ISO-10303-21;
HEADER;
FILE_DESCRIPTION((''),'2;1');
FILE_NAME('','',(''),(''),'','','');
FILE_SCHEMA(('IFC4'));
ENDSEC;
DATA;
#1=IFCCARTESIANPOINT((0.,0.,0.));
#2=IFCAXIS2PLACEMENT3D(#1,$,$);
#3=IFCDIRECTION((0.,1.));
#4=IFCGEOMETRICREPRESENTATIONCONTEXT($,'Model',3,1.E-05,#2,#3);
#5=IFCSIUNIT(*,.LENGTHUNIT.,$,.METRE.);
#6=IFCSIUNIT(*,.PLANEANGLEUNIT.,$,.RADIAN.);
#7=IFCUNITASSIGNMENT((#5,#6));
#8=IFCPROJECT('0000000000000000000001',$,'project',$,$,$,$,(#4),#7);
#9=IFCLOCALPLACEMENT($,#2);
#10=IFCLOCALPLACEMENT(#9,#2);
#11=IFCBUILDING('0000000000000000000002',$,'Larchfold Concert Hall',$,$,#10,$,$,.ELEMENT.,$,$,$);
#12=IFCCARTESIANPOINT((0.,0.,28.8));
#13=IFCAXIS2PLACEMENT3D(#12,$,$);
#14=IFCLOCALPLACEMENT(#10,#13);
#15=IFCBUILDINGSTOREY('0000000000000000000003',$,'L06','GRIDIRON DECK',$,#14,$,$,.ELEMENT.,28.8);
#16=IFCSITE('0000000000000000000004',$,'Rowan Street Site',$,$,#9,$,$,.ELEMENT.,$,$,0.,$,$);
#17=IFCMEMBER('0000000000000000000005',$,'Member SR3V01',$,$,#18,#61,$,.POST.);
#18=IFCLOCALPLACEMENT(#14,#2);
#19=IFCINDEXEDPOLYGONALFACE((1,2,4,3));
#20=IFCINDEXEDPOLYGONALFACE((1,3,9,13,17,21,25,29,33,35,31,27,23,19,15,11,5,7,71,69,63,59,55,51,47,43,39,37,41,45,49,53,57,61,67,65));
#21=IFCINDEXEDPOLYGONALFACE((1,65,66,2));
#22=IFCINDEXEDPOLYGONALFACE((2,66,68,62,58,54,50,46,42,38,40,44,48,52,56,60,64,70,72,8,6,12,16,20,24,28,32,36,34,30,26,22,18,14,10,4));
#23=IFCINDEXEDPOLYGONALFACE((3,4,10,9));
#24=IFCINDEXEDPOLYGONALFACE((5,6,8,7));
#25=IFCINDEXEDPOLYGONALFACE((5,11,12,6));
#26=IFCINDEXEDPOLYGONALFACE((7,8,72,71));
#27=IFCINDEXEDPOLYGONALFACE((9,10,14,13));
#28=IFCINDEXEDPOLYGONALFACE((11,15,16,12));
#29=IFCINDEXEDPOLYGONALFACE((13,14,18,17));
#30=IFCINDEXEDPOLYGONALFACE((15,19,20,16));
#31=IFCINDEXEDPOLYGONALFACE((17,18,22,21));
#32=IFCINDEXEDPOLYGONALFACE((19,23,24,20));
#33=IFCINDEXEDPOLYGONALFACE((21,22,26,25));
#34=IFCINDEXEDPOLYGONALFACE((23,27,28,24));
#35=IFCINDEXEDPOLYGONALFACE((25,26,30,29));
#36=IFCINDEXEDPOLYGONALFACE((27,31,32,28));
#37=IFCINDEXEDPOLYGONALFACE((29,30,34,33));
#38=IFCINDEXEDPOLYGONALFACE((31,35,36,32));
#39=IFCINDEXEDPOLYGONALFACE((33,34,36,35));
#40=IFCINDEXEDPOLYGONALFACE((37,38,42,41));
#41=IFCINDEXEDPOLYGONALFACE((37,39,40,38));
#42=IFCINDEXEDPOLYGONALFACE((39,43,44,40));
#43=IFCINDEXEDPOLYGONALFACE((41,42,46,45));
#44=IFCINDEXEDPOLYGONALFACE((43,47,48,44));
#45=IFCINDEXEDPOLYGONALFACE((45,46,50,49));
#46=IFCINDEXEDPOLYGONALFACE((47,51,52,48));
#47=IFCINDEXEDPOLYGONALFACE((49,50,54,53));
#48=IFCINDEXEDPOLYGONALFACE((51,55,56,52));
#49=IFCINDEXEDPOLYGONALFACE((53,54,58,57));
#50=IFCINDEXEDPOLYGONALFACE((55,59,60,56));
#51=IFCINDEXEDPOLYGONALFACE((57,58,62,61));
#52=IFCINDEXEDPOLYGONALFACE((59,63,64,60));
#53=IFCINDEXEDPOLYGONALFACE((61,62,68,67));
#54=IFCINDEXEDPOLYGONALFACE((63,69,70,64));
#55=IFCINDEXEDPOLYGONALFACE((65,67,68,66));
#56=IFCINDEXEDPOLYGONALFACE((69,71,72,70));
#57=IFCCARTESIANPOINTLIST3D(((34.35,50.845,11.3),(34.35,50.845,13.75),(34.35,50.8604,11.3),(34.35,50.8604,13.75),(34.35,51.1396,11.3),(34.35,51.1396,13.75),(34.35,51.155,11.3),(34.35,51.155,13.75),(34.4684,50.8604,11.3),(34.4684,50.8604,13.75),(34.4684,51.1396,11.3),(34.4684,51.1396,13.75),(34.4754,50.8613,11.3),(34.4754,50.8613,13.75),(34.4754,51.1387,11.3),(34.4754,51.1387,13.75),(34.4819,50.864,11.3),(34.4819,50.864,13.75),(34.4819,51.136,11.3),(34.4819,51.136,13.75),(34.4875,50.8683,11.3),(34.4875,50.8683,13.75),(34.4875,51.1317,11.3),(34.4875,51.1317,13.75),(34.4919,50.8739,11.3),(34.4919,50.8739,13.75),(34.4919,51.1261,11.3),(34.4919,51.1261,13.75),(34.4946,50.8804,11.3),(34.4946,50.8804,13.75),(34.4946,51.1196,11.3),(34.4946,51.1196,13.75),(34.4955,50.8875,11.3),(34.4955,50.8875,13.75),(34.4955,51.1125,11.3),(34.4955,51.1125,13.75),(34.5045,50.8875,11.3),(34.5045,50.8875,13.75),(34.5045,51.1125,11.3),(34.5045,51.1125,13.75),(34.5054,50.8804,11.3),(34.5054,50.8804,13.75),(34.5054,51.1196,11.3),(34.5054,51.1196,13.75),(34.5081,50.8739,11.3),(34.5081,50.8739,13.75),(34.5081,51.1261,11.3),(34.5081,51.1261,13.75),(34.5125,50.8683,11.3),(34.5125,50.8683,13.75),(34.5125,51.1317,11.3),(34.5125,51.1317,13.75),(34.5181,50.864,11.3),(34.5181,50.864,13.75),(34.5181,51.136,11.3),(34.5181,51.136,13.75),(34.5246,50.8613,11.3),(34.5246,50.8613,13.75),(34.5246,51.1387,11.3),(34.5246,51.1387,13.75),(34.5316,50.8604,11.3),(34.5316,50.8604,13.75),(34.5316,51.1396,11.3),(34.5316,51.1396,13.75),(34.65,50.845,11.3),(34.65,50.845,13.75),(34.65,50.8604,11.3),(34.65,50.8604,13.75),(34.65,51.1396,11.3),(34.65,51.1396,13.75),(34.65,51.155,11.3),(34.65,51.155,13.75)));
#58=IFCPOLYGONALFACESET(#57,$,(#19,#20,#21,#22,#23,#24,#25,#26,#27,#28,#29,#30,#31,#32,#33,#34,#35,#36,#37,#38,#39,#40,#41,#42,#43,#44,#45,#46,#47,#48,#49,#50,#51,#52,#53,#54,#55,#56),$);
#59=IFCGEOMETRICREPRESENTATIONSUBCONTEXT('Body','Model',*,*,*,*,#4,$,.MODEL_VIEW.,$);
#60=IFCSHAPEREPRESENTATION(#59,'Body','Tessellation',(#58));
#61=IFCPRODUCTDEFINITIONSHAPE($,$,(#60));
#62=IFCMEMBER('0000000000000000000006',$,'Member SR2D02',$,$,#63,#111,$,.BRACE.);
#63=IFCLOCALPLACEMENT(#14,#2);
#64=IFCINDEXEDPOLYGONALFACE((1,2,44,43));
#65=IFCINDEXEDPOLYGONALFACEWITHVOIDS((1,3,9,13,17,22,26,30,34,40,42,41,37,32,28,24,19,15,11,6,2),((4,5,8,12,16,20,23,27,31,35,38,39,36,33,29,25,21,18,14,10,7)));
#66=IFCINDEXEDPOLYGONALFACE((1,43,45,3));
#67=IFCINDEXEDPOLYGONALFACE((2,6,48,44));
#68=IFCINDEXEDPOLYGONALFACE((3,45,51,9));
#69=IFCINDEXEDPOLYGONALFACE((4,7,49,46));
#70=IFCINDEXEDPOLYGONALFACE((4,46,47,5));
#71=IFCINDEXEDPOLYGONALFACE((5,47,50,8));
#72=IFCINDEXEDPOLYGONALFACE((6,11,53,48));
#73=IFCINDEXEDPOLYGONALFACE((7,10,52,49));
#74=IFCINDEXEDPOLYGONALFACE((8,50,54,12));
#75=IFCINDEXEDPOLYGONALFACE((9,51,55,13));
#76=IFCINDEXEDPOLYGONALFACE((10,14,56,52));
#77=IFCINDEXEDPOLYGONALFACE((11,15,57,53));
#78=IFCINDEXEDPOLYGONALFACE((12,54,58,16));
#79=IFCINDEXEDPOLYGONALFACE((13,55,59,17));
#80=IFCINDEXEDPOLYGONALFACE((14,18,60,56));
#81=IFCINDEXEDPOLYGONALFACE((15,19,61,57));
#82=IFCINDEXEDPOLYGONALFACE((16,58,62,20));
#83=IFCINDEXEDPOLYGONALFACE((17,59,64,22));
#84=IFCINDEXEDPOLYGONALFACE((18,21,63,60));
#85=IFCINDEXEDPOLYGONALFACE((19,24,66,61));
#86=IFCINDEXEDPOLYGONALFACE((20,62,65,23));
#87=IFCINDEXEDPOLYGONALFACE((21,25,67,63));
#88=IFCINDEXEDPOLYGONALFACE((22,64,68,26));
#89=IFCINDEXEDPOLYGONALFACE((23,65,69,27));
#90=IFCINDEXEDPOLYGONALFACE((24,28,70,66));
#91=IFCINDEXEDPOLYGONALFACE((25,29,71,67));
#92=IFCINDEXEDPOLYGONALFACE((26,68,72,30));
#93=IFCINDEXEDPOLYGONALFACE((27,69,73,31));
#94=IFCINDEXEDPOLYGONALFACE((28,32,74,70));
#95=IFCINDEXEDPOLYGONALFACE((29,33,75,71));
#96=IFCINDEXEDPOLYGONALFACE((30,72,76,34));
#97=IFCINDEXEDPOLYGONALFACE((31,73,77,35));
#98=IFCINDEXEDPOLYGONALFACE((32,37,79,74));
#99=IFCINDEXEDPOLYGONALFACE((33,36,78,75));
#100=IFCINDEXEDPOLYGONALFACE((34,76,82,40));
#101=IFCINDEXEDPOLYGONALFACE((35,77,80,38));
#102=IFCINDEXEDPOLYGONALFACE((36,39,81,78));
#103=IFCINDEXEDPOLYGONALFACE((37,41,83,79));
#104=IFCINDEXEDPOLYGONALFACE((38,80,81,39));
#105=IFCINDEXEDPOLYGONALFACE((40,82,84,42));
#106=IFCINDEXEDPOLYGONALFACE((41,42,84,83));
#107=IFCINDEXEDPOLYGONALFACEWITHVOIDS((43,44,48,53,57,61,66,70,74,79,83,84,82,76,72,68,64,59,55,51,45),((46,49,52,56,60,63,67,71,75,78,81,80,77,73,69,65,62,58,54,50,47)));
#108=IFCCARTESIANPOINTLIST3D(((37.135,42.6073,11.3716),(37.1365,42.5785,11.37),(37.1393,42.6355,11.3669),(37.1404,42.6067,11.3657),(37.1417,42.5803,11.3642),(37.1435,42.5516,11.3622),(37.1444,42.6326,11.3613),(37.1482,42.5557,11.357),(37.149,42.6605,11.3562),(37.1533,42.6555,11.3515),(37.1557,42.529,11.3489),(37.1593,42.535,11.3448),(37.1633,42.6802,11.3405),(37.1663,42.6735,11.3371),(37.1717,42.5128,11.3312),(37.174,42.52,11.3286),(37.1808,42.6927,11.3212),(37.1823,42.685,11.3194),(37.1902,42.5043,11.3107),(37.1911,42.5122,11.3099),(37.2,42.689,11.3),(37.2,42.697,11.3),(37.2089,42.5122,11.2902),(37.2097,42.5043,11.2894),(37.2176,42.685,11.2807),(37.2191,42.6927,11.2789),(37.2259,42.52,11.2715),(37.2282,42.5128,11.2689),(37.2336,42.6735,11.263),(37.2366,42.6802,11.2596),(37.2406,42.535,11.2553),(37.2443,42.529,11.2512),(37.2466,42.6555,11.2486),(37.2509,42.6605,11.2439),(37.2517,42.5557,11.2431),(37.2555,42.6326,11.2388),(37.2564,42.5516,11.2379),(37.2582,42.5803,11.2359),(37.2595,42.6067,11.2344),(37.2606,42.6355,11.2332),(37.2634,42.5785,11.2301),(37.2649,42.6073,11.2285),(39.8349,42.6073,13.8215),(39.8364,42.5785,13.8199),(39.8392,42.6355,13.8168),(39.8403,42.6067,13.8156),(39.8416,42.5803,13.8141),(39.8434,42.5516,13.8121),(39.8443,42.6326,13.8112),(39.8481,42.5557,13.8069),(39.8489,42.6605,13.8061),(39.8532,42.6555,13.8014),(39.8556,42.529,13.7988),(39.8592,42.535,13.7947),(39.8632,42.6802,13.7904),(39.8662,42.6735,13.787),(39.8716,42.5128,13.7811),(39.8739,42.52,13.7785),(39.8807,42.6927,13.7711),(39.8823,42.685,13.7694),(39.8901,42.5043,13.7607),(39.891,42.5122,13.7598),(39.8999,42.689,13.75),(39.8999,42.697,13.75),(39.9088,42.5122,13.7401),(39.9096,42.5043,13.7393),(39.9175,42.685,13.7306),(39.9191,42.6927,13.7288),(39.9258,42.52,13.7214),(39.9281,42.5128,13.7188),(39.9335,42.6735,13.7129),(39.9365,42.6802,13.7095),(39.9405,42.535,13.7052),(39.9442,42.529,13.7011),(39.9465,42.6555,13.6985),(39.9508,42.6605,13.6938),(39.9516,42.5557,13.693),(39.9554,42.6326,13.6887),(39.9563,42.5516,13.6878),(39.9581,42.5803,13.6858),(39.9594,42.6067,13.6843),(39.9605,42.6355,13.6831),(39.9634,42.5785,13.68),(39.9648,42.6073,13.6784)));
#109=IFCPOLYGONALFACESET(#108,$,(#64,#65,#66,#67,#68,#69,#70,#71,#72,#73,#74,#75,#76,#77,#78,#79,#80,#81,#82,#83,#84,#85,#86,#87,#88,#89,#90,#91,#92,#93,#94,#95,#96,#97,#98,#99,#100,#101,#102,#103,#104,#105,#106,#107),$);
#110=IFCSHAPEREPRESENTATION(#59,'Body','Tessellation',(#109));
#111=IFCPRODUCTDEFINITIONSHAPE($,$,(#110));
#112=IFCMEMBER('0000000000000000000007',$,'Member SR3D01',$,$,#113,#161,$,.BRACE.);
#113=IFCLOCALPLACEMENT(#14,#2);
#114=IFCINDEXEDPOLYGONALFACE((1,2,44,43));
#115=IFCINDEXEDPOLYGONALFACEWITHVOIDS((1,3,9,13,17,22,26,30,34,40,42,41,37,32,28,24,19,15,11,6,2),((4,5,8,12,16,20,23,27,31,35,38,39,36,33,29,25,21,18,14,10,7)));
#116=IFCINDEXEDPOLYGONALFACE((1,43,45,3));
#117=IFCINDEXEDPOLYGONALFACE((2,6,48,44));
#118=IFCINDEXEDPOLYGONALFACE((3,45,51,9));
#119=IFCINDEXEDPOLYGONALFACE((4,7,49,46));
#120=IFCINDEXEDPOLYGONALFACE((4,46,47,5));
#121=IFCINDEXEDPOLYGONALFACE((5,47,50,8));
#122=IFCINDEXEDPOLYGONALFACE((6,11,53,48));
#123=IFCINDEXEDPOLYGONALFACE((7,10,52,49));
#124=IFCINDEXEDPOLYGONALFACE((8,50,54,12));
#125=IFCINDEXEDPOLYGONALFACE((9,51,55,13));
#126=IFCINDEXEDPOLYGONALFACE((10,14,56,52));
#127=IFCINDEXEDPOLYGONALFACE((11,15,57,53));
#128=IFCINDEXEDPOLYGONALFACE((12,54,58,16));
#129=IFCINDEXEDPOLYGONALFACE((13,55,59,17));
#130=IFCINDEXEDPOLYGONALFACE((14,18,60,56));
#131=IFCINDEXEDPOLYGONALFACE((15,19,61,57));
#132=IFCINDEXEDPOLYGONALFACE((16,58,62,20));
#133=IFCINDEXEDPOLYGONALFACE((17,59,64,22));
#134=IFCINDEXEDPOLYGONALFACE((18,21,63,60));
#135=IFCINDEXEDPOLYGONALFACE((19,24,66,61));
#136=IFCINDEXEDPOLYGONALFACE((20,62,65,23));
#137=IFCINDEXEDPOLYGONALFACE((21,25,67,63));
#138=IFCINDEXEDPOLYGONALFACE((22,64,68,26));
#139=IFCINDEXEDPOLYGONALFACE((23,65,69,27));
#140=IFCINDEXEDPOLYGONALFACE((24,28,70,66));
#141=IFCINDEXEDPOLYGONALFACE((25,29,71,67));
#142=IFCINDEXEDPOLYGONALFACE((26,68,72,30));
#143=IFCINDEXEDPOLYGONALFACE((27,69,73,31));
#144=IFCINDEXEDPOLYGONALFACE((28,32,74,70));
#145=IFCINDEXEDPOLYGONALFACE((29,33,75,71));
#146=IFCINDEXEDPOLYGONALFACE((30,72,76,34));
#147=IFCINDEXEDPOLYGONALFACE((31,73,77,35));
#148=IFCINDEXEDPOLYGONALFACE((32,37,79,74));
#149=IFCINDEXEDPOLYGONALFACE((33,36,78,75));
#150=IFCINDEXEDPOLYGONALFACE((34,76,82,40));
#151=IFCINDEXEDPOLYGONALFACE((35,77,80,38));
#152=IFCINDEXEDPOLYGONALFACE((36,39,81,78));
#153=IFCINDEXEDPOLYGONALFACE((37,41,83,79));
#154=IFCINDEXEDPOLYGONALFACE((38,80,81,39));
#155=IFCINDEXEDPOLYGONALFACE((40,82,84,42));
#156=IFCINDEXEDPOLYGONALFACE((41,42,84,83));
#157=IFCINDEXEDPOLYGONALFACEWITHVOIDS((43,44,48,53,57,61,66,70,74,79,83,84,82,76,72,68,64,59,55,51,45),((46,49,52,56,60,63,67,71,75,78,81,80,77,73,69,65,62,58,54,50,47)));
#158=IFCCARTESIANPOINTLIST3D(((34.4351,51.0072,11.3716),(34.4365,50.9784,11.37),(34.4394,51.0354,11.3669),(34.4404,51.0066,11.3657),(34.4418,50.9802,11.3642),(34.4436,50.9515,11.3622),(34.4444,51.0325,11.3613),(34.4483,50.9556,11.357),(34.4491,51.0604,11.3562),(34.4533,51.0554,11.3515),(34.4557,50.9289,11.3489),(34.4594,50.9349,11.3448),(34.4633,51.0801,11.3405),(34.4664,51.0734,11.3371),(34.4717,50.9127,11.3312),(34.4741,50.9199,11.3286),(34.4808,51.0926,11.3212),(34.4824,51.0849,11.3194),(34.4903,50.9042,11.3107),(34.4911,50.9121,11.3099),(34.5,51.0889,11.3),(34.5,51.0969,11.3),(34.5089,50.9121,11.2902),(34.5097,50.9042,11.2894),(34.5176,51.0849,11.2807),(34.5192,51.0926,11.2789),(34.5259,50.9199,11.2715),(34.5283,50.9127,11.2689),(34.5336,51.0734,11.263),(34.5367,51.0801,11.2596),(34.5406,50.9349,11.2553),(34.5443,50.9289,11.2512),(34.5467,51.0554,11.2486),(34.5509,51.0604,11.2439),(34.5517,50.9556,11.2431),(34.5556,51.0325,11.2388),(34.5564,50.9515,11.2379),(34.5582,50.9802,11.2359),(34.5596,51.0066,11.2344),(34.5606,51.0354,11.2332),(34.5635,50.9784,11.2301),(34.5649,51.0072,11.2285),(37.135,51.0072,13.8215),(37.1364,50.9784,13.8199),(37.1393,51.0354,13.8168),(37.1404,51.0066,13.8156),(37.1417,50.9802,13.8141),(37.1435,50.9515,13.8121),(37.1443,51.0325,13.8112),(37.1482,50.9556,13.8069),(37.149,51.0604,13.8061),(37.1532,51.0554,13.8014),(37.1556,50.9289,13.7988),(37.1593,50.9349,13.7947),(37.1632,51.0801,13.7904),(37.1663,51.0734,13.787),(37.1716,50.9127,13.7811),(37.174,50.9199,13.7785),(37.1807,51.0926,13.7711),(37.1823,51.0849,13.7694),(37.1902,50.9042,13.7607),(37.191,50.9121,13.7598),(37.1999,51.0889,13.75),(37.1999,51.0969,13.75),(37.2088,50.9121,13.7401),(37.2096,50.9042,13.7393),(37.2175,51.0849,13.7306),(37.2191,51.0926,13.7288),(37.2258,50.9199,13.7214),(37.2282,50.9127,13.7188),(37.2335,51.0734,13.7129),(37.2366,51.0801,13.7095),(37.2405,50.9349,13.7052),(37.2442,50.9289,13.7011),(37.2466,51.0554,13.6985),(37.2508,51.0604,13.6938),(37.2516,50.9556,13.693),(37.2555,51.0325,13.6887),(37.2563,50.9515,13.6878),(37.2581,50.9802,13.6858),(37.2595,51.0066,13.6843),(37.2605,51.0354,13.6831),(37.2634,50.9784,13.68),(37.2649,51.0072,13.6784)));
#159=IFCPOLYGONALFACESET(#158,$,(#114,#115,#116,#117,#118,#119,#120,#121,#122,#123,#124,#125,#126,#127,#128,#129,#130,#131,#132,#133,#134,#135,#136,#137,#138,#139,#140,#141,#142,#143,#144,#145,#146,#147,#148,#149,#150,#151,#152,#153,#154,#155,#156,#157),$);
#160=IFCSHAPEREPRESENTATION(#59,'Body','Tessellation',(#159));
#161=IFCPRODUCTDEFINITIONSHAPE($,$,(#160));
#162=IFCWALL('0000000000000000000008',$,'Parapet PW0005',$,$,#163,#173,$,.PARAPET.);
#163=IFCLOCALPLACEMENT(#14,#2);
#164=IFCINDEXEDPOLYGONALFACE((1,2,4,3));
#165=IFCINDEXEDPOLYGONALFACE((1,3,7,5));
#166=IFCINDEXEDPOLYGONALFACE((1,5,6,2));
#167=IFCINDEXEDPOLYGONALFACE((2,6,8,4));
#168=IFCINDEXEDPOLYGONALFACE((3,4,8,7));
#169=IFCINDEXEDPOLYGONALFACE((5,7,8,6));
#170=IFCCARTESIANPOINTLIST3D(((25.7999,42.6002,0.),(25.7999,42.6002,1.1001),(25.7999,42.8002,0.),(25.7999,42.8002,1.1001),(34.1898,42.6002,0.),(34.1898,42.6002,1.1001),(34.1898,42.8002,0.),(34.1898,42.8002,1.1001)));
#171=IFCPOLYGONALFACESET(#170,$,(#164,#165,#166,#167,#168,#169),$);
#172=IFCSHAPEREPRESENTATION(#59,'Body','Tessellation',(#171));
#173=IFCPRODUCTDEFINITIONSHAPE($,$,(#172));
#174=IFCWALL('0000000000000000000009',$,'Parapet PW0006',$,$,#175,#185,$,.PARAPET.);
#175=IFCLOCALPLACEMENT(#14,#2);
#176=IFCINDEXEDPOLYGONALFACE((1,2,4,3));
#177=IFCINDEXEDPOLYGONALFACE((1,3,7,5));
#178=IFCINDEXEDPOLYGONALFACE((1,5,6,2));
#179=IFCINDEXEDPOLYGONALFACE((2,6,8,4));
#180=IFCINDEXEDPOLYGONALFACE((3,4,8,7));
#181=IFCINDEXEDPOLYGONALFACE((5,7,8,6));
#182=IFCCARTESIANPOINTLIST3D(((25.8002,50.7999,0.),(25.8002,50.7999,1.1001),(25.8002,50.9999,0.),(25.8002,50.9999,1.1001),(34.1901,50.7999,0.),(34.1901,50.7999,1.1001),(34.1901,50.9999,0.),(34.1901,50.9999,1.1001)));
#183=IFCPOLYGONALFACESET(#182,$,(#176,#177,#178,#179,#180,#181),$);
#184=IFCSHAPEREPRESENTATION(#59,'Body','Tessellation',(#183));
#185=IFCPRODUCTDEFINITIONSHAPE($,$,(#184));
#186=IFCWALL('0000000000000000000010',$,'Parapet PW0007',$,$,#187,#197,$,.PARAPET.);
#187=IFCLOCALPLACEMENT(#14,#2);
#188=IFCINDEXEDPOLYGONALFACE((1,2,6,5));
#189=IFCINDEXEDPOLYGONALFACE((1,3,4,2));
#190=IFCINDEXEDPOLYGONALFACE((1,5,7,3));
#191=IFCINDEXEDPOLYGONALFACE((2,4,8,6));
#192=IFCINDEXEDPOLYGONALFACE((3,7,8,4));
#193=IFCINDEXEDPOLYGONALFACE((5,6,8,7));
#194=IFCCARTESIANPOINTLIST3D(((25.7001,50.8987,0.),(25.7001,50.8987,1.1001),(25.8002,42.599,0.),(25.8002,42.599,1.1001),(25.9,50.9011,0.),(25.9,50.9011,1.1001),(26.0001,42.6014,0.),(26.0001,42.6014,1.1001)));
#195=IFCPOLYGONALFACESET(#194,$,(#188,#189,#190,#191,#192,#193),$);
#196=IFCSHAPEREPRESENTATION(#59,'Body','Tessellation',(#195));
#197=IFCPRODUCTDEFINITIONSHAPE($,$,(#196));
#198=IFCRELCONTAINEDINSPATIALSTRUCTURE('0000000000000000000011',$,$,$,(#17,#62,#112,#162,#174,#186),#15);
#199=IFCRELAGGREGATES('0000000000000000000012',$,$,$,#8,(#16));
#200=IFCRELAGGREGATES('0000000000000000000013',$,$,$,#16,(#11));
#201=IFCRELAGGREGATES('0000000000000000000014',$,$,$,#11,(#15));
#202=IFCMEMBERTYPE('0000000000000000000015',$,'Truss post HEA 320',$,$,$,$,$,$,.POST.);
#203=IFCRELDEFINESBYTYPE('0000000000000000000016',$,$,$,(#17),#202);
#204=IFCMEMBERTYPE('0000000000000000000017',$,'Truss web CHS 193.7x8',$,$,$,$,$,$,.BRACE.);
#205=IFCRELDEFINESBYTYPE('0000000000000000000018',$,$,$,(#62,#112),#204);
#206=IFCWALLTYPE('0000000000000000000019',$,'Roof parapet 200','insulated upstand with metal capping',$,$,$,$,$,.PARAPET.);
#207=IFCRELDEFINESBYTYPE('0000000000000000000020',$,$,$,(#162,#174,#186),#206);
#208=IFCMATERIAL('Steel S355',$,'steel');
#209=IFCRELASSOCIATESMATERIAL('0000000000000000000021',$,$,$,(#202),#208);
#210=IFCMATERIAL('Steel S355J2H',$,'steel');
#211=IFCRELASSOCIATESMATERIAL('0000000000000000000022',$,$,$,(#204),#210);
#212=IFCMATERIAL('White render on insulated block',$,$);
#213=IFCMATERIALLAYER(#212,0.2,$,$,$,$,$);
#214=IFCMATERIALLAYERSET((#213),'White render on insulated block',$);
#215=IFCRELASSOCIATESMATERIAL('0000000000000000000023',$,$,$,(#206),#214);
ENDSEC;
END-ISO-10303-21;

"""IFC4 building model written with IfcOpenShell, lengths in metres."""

from ifc_helpers import new_model, si_unit, direction, frame, frame_2d, origin, origin_2d, place, context, subcontext, project, spatial, rectangle, hollow_circle, i_section, extrude, material, layer, layer_set, material_profile, profile_set, type_object, element, save


model = new_model("IFC4")

# Units and contexts
model_context = context("Model", 3, precision=1e-05, world=origin(), true_north=direction((0.0, 1.0)))
body_context = subcontext(model_context, "Body", "Model", "MODEL_VIEW")
ifc_project = project(units=[si_unit("LENGTHUNIT", "METRE"), si_unit("PLANEANGLEUNIT", "RADIAN")], contexts=[model_context])

# Site, building, storey
site_placement = place(None, origin())
site = spatial("IfcSite", under=ifc_project, at=site_placement, Name="Rowan Street Site", CompositionType="ELEMENT", RefElevation=0.0)
building_placement = place(site_placement, origin())
building = spatial("IfcBuilding", under=site, at=building_placement, Name="Larchfold Concert Hall", CompositionType="ELEMENT")
storey_placement = place(building_placement, frame((0.0, 0.0, 28.8)))
storey = spatial("IfcBuildingStorey", under=building, at=storey_placement, Name="L06", Description="GRIDIRON DECK", CompositionType="ELEMENT", Elevation=28.8)

# Members
ifc_material_1 = material(Name="Steel S355", Category="steel")
ifc_material_profile_1 = material_profile(ifc_material_1, i_section(OverallWidth=0.3, OverallDepth=0.3101, WebThickness=0.009, FlangeThickness=0.0154, FilletRadius=0.0271, at=origin_2d()))
ifc_profile_set_1 = profile_set([ifc_material_profile_1], Name="Steel S355")
member_type_1 = type_object("IfcMemberType", Name="Truss post HEA 320", PredefinedType="POST", material=ifc_profile_set_1)
for number, where, z_axis, x_axis, name in (
    (1, (34.5, 51.0, 11.3), (0.0, 0.0, 1.0), (1.0, 0.0, 0.0), "Member SR3V01"),
):
    element("IfcMember", number, at=place(storey_placement, frame(where, z_axis=z_axis, x_axis=x_axis)), inside=storey, type_object=member_type_1, Name=name, PredefinedType="POST", context=body_context, shape_type="SweptSolid", body=[
        extrude(i_section(OverallWidth=0.3, OverallDepth=0.3101, WebThickness=0.009, FlangeThickness=0.0154, FilletRadius=0.0271, at=origin_2d()), origin(), (0.0, 0.0, 1.0), 2.45),
    ])
ifc_material_2 = material(Name="Steel S355J2H", Category="steel")
ifc_material_profile_2 = material_profile(ifc_material_2, hollow_circle(Radius=0.0969, WallThickness=0.0081, at=origin_2d()))
ifc_profile_set_2 = profile_set([ifc_material_profile_2], Name="Steel S355J2H")
member_type_2 = type_object("IfcMemberType", Name="Truss web CHS 193.7x8", PredefinedType="BRACE", material=ifc_profile_set_2)
for number, where, z_axis, x_axis, name in (
    (2, (37.2, 42.6001, 11.3), (0.740561, 0.0, 0.671989), (0.0, 1.0, 0.0), "Member SR2D02"),
    (3, (34.5, 51.0, 11.3), (0.740561, 0.0, 0.671989), (0.0, 1.0, 0.0), "Member SR3D01"),
):
    element("IfcMember", number, at=place(storey_placement, frame(where, z_axis=z_axis, x_axis=x_axis)), inside=storey, type_object=member_type_2, Name=name, PredefinedType="BRACE", context=body_context, shape_type="SweptSolid", body=[
        extrude(hollow_circle(Radius=0.0969, WallThickness=0.0081, at=origin_2d()), origin(), (0.0, 0.0, 1.0), 3.6458),
    ])

# Walls
ifc_material_3 = material(Name="White render on insulated block")
ifc_layer_1 = layer(ifc_material_3, 0.2)
ifc_layer_set_1 = layer_set([ifc_layer_1], Name="White render on insulated block")
wall_type_1 = type_object("IfcWallType", Name="Roof parapet 200", Description="insulated upstand with metal capping", PredefinedType="PARAPET", material=ifc_layer_set_1)
for number, where, z_axis, x_axis, name in (
    (4, (25.8, 42.7002, 0.0), (0.0, 0.0, 1.0), (1.0, 0.0, 0.0), "Parapet PW0005"),
    (5, (34.1899, 50.8999, 0.0), (0.0, 0.0, 1.0), (-1.0, 0.0, 0.0), "Parapet PW0006"),
):
    element("IfcWall", number, at=place(storey_placement, frame(where, z_axis=z_axis, x_axis=x_axis)), inside=storey, type_object=wall_type_1, Name=name, PredefinedType="PARAPET", context=body_context, shape_type="SweptSolid", body=[
        extrude(rectangle(XDim=8.3899, YDim=0.2, at=frame_2d((4.1948, 0.0))), origin(), (0.0, 0.0, 1.0), 1.1001),
    ])
wall_1_placement = place(storey_placement, frame((25.8, 50.8999, 0.0), z_axis=(0.0, 0.0, 1.0), x_axis=(0.012059, -0.999927, 0.0)))
element("IfcWall", 6, at=wall_1_placement, inside=storey, type_object=wall_type_1, Name="Parapet PW0007", PredefinedType="PARAPET", context=body_context, shape_type="SweptSolid", body=[
    extrude(rectangle(XDim=8.3003, YDim=0.2, at=frame_2d((4.1501, 0.0))), origin(), (0.0, 0.0, 1.0), 1.1001),
])

save(model, "model.ifc")
